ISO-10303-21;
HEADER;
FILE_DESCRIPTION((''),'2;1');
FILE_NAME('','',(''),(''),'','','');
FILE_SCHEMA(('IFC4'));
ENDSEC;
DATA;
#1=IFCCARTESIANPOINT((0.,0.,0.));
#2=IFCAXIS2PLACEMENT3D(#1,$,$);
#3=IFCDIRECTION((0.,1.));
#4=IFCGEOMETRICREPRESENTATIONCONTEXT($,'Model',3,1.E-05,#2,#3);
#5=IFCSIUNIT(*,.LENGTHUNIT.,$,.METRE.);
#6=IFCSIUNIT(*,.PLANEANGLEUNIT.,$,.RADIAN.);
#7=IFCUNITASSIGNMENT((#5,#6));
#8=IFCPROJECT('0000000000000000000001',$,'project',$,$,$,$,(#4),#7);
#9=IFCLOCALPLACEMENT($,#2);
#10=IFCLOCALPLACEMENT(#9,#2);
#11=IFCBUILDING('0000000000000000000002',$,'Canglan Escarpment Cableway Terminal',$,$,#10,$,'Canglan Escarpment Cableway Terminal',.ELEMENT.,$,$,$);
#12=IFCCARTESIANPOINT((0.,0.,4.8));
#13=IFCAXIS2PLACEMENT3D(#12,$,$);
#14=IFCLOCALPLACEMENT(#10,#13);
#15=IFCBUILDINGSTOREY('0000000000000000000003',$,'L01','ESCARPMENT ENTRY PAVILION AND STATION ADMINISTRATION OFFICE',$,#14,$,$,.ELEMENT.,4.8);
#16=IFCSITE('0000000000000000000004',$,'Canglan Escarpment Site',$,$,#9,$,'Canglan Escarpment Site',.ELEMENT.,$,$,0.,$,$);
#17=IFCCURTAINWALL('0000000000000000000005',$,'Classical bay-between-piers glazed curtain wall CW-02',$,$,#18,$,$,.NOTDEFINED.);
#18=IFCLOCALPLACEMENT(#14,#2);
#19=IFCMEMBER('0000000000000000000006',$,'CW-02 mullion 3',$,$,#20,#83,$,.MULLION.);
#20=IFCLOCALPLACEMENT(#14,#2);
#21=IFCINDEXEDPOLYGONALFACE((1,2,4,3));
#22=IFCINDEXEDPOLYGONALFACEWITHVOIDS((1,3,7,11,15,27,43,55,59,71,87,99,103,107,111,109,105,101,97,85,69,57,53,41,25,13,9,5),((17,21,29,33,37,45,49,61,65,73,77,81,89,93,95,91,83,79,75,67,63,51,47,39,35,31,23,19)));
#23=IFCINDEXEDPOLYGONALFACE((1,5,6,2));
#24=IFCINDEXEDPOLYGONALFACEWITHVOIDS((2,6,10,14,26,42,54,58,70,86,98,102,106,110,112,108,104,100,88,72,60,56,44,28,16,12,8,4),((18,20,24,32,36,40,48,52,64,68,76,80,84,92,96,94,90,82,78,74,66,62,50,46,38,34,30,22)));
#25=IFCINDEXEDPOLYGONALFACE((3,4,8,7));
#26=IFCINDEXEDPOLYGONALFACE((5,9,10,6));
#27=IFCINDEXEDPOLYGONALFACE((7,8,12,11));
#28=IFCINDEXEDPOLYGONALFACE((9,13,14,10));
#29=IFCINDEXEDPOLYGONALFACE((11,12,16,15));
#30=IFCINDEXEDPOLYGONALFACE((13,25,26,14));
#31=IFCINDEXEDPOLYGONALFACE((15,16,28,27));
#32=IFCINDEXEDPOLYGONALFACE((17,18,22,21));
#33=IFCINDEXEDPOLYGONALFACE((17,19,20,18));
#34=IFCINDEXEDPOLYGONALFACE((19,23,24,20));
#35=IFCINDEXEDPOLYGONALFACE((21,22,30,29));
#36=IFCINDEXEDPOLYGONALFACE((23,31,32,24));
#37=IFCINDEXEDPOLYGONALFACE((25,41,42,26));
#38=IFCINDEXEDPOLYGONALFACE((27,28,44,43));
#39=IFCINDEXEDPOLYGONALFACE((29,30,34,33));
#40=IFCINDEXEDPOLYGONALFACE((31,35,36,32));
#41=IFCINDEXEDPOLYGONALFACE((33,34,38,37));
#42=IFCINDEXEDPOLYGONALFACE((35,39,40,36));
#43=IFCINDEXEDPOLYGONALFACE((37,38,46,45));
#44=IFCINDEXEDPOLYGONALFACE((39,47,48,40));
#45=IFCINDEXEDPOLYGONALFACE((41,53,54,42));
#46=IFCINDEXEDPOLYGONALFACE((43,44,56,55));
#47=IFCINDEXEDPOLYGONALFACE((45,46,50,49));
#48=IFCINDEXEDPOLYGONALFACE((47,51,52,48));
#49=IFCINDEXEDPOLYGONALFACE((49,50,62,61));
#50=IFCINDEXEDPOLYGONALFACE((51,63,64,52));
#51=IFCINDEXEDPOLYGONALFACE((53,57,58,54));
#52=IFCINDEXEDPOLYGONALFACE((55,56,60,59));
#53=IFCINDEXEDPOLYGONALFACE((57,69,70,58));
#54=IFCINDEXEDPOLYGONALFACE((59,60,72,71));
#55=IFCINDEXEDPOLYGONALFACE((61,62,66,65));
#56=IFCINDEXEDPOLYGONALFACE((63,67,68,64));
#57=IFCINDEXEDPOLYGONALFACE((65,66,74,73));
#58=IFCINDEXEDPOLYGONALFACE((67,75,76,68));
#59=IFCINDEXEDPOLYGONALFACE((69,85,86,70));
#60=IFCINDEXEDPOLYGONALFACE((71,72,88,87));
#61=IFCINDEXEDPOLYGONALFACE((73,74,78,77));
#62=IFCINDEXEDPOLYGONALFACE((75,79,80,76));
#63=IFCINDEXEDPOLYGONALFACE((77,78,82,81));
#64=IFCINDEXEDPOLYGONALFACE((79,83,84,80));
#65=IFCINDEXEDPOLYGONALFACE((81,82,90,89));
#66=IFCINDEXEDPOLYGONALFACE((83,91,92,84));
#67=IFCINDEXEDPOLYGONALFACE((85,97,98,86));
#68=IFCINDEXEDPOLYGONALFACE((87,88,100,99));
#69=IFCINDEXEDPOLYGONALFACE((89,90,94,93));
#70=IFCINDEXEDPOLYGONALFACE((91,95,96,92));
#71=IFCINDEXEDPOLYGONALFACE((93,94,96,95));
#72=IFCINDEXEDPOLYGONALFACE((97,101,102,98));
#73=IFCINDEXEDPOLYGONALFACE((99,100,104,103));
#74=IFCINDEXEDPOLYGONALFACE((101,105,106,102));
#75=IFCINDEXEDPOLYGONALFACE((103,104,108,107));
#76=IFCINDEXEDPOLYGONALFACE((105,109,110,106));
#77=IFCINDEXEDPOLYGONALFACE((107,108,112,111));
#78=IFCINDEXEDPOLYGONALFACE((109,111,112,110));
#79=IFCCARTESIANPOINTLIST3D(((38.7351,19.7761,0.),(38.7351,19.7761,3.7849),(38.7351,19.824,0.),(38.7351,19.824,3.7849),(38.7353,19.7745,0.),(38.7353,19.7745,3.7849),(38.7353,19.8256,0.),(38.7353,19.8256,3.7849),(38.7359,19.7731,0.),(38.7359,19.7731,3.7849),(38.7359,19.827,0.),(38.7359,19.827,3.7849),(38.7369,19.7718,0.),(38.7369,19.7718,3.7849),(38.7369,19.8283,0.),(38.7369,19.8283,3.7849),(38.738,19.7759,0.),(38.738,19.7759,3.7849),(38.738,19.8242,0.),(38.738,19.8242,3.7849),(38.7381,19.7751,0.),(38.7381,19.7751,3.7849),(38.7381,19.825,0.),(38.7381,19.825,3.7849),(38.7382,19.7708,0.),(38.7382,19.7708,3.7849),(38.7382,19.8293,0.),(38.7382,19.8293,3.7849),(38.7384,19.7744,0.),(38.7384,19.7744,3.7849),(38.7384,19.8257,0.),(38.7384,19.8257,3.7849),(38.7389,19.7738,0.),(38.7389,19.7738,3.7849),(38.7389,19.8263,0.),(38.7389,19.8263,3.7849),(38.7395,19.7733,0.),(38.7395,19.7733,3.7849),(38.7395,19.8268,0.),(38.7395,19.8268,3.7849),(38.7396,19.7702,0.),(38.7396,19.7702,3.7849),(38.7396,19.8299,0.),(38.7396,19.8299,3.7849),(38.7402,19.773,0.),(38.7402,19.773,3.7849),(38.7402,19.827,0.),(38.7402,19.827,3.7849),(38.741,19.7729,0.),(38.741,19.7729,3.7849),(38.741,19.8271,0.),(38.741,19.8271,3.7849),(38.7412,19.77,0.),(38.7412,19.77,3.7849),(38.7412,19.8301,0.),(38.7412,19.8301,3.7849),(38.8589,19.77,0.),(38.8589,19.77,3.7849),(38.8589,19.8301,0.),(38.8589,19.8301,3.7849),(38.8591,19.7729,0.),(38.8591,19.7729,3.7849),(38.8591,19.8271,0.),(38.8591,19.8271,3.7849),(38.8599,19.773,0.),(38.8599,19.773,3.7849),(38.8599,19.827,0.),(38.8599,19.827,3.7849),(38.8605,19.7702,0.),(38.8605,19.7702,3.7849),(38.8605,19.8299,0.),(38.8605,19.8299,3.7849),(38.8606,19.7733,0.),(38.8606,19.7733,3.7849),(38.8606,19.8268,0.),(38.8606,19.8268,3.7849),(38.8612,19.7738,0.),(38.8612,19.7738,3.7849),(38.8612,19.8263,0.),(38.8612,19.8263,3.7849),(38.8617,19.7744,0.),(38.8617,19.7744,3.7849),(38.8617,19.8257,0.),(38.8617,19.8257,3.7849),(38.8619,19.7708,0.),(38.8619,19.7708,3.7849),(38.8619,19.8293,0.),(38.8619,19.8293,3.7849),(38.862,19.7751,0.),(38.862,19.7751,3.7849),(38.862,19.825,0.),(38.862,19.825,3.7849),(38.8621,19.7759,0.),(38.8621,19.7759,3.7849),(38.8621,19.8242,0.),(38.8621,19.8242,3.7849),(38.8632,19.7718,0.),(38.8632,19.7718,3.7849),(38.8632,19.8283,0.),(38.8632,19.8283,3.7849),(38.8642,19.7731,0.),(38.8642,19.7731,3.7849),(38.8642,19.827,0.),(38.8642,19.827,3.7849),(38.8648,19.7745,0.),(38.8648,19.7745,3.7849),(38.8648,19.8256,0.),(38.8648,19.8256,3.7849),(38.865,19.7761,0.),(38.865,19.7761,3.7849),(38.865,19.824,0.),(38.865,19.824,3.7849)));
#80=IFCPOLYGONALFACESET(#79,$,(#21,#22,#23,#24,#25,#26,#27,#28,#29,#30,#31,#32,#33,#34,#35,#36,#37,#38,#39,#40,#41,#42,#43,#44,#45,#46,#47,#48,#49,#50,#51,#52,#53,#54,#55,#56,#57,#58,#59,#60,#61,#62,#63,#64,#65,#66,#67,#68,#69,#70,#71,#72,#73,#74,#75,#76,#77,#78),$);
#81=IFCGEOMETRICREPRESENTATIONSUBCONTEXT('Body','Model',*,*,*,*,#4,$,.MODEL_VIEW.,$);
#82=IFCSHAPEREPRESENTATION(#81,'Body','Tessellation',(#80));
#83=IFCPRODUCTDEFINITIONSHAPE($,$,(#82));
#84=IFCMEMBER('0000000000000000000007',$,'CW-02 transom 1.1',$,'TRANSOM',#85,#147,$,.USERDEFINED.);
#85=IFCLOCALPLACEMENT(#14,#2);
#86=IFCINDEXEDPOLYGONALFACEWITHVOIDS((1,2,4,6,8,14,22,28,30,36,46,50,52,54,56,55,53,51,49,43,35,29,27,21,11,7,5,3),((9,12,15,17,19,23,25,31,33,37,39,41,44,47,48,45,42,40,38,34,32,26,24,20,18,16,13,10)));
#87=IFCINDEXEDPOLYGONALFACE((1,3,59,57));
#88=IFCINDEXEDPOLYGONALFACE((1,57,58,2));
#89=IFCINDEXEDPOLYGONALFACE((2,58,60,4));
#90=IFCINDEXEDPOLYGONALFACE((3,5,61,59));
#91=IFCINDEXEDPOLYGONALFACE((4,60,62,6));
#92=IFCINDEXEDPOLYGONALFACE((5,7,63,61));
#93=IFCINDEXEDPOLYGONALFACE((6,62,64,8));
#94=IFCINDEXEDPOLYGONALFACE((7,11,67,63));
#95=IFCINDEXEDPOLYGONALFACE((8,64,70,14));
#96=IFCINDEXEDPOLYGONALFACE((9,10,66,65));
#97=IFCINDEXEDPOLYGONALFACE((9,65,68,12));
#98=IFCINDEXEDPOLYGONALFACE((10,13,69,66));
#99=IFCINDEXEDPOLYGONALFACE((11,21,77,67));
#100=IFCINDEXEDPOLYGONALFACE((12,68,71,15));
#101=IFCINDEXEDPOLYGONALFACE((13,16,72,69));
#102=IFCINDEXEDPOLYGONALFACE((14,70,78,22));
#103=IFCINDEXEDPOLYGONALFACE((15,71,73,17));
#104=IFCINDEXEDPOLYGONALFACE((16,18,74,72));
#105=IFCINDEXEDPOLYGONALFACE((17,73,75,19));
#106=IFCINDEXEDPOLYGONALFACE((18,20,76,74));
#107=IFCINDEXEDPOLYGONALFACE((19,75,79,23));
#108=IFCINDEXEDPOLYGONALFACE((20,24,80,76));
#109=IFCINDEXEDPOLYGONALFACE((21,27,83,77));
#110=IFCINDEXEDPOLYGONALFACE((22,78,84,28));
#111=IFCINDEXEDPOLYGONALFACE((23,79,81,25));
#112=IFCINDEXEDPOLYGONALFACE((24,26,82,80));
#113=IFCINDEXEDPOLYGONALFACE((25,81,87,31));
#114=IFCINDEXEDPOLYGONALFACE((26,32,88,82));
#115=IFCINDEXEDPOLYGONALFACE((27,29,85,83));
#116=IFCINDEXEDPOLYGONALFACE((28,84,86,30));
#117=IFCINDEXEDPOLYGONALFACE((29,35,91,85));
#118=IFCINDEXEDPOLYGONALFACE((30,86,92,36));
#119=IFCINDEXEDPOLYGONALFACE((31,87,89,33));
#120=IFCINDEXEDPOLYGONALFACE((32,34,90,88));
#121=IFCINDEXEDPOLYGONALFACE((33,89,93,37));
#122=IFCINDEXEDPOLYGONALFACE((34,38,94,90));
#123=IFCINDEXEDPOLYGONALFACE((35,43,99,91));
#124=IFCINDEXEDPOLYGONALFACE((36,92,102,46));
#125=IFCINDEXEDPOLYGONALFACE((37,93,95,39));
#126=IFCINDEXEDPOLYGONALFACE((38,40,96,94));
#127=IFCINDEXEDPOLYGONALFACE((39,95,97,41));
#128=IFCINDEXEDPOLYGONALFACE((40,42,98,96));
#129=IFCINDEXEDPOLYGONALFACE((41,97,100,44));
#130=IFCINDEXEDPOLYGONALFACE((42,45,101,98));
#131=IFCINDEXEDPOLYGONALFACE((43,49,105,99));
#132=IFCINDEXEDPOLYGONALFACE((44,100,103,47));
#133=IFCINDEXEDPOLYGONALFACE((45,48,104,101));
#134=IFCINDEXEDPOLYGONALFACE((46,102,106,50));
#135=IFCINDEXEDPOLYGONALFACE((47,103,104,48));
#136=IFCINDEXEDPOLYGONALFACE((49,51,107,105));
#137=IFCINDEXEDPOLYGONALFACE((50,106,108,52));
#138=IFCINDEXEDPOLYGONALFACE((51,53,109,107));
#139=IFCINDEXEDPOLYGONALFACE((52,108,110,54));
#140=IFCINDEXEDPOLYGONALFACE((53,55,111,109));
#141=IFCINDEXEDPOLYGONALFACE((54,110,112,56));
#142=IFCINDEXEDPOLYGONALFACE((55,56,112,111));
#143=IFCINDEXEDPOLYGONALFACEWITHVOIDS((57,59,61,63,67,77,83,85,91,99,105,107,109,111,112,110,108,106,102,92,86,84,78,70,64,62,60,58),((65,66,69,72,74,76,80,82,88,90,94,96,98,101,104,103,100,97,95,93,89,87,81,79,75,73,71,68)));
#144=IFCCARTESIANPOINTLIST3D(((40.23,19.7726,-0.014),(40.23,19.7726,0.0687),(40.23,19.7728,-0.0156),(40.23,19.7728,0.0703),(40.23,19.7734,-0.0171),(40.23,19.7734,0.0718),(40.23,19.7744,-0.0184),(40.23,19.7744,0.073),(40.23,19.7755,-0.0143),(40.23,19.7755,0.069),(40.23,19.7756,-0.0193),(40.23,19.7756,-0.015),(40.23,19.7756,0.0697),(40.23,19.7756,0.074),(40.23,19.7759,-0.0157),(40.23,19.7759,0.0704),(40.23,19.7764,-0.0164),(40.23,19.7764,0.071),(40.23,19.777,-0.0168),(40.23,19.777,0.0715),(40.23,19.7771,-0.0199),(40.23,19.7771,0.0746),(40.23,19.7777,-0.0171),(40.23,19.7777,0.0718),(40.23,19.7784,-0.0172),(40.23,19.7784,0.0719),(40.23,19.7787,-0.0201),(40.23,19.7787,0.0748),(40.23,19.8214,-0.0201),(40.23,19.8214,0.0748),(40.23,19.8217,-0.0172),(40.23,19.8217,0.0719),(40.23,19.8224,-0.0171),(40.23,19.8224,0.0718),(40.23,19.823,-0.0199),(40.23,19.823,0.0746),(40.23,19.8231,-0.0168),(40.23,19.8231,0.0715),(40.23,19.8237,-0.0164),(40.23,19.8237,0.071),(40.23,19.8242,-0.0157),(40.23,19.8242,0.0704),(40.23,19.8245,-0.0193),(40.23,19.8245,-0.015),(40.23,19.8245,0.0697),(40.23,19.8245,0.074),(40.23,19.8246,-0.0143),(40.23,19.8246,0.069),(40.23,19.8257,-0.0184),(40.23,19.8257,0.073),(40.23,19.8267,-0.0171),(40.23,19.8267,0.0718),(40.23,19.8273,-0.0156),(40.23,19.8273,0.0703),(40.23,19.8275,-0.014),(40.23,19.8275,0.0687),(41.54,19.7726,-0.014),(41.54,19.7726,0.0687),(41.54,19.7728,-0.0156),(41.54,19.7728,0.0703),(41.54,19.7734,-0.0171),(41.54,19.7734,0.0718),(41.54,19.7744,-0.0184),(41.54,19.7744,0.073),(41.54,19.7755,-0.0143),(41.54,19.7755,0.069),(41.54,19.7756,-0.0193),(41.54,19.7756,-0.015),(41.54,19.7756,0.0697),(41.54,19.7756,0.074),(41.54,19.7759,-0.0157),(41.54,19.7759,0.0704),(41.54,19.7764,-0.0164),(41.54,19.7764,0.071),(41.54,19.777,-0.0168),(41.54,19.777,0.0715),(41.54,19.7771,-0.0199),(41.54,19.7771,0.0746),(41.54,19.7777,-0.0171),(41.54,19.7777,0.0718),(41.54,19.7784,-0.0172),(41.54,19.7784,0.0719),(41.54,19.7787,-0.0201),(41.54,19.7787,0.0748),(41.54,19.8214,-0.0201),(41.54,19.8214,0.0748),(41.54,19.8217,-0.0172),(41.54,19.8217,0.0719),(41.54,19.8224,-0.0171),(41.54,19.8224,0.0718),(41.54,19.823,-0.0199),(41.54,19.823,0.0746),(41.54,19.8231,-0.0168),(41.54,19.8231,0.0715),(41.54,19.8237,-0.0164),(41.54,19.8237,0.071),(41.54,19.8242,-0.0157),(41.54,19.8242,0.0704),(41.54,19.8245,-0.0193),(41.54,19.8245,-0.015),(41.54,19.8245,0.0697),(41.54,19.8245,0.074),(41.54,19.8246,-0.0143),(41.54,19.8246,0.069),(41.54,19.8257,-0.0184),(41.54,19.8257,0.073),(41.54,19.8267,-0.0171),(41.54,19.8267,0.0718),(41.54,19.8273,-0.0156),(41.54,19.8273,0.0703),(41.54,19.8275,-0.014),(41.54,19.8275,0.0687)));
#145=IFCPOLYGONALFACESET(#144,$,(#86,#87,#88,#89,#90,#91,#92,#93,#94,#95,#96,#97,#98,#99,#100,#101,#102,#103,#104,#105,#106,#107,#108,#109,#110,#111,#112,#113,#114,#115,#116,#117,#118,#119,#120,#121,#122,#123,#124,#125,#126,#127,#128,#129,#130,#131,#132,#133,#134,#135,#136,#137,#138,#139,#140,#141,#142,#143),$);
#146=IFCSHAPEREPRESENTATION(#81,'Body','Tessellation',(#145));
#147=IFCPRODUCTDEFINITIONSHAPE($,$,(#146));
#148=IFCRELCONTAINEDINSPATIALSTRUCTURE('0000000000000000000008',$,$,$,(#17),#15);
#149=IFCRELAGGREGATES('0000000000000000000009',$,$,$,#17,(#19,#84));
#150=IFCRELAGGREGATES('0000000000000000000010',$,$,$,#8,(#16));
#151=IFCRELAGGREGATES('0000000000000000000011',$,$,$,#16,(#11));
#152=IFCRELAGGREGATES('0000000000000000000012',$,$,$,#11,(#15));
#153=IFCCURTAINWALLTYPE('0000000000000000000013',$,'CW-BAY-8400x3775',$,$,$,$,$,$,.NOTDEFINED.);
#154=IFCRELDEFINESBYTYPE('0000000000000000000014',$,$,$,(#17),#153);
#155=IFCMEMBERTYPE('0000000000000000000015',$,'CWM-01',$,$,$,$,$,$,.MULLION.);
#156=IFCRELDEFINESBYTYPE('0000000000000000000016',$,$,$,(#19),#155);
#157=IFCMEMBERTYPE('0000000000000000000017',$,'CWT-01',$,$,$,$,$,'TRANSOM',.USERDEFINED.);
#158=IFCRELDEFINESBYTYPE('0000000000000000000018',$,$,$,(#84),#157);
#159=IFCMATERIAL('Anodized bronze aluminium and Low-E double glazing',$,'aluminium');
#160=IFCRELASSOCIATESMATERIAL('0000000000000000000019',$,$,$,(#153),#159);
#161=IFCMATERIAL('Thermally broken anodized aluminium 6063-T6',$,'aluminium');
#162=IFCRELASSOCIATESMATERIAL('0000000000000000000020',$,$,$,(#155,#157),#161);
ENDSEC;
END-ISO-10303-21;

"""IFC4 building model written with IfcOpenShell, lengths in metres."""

from ifc_helpers import new_model, si_unit, direction, frame, origin, origin_2d, place, context, subcontext, project, spatial, hollow_rectangle, extrude, material, material_profile, profile_set, type_object, element, aggregate, save


model = new_model("IFC4")

# Units and contexts
model_context = context("Model", 3, precision=1e-05, world=origin(), true_north=direction((0.0, 1.0)))
body_context = subcontext(model_context, "Body", "Model", "MODEL_VIEW")
ifc_project = project(units=[si_unit("LENGTHUNIT", "METRE"), si_unit("PLANEANGLEUNIT", "RADIAN")], contexts=[model_context])

# Site, building, storey
site_placement = place(None, origin())
site = spatial("IfcSite", under=ifc_project, at=site_placement, Name="Canglan Escarpment Site", LongName="Canglan Escarpment Site", CompositionType="ELEMENT", RefElevation=0.0)
building_placement = place(site_placement, origin())
building = spatial("IfcBuilding", under=site, at=building_placement, Name="Canglan Escarpment Cableway Terminal", LongName="Canglan Escarpment Cableway Terminal", CompositionType="ELEMENT")
storey_placement = place(building_placement, frame((0.0, 0.0, 4.8)))
storey = spatial("IfcBuildingStorey", under=building, at=storey_placement, Name="L01", Description="ESCARPMENT ENTRY PAVILION AND STATION ADMINISTRATION OFFICE", CompositionType="ELEMENT", Elevation=4.8)

# Curtain wall, members
ifc_material_1 = material(Name="Anodized bronze aluminium and Low-E double glazing", Category="aluminium")
curtain_wall_type = type_object("IfcCurtainWallType", Name="CW-BAY-8400x3775", PredefinedType="NOTDEFINED", material=ifc_material_1)
curtain_wall_placement = place(storey_placement, origin())
curtain_wall = element("IfcCurtainWall", 1, at=curtain_wall_placement, inside=storey, type_object=curtain_wall_type, Name="Classical bay-between-piers glazed curtain wall CW-02", PredefinedType="NOTDEFINED")
ifc_material_2 = material(Name="Thermally broken anodized aluminium 6063-T6", Category="aluminium")
ifc_material_profile_1 = material_profile(ifc_material_2, hollow_rectangle(XDim=0.0601, YDim=0.1299, WallThickness=0.0029, InnerFilletRadius=0.0029, OuterFilletRadius=0.0061, at=origin_2d()), Name="ALU-MULL 60x130x3")
ifc_profile_set_1 = profile_set([ifc_material_profile_1], Name="Thermally broken anodized aluminium 6063-T6")
member_type_1 = type_object("IfcMemberType", Name="CWM-01", PredefinedType="MULLION", material=ifc_profile_set_1)
member_1_placement = place(storey_placement, frame((38.8, 19.8, 0.0), z_axis=(0.0, 0.0, 1.0), x_axis=(0.0, -1.0, 0.0)))
member_1 = element("IfcMember", 2, at=member_1_placement, type_object=member_type_1, Name="CW-02 mullion 3", PredefinedType="MULLION", context=body_context, shape_type="SweptSolid", body=[
    extrude(hollow_rectangle(XDim=0.0601, YDim=0.1299, WallThickness=0.0029, InnerFilletRadius=0.0029, OuterFilletRadius=0.0061, at=origin_2d()), origin(), (0.0, 0.0, 1.0), 3.7849),
])
ifc_material_profile_2 = material_profile(ifc_material_2, hollow_rectangle(XDim=0.0549, YDim=0.095, WallThickness=0.0029, InnerFilletRadius=0.0029, OuterFilletRadius=0.0061, at=origin_2d()), Name="ALU-TRAN 55x95x3")
ifc_profile_set_2 = profile_set([ifc_material_profile_2], Name="Thermally broken anodized aluminium 6063-T6")
member_type_2 = type_object("IfcMemberType", Name="CWT-01", ElementType="TRANSOM", PredefinedType="USERDEFINED", material=ifc_profile_set_2)
member_2_placement = place(storey_placement, frame((41.54, 19.8, 0.0273), z_axis=(-1.0, 0.0, 0.0), x_axis=(0.0, -1.0, 0.0)))
member_2 = element("IfcMember", 3, at=member_2_placement, type_object=member_type_2, Name="CW-02 transom 1.1", ObjectType="TRANSOM", PredefinedType="USERDEFINED", context=body_context, shape_type="SweptSolid", body=[
    extrude(hollow_rectangle(XDim=0.0549, YDim=0.095, WallThickness=0.0029, InnerFilletRadius=0.0029, OuterFilletRadius=0.0061, at=origin_2d()), origin(), (0.0, 0.0, 1.0), 1.3101),
])
aggregate(curtain_wall, [member_1, member_2])

save(model, "model.ifc")
